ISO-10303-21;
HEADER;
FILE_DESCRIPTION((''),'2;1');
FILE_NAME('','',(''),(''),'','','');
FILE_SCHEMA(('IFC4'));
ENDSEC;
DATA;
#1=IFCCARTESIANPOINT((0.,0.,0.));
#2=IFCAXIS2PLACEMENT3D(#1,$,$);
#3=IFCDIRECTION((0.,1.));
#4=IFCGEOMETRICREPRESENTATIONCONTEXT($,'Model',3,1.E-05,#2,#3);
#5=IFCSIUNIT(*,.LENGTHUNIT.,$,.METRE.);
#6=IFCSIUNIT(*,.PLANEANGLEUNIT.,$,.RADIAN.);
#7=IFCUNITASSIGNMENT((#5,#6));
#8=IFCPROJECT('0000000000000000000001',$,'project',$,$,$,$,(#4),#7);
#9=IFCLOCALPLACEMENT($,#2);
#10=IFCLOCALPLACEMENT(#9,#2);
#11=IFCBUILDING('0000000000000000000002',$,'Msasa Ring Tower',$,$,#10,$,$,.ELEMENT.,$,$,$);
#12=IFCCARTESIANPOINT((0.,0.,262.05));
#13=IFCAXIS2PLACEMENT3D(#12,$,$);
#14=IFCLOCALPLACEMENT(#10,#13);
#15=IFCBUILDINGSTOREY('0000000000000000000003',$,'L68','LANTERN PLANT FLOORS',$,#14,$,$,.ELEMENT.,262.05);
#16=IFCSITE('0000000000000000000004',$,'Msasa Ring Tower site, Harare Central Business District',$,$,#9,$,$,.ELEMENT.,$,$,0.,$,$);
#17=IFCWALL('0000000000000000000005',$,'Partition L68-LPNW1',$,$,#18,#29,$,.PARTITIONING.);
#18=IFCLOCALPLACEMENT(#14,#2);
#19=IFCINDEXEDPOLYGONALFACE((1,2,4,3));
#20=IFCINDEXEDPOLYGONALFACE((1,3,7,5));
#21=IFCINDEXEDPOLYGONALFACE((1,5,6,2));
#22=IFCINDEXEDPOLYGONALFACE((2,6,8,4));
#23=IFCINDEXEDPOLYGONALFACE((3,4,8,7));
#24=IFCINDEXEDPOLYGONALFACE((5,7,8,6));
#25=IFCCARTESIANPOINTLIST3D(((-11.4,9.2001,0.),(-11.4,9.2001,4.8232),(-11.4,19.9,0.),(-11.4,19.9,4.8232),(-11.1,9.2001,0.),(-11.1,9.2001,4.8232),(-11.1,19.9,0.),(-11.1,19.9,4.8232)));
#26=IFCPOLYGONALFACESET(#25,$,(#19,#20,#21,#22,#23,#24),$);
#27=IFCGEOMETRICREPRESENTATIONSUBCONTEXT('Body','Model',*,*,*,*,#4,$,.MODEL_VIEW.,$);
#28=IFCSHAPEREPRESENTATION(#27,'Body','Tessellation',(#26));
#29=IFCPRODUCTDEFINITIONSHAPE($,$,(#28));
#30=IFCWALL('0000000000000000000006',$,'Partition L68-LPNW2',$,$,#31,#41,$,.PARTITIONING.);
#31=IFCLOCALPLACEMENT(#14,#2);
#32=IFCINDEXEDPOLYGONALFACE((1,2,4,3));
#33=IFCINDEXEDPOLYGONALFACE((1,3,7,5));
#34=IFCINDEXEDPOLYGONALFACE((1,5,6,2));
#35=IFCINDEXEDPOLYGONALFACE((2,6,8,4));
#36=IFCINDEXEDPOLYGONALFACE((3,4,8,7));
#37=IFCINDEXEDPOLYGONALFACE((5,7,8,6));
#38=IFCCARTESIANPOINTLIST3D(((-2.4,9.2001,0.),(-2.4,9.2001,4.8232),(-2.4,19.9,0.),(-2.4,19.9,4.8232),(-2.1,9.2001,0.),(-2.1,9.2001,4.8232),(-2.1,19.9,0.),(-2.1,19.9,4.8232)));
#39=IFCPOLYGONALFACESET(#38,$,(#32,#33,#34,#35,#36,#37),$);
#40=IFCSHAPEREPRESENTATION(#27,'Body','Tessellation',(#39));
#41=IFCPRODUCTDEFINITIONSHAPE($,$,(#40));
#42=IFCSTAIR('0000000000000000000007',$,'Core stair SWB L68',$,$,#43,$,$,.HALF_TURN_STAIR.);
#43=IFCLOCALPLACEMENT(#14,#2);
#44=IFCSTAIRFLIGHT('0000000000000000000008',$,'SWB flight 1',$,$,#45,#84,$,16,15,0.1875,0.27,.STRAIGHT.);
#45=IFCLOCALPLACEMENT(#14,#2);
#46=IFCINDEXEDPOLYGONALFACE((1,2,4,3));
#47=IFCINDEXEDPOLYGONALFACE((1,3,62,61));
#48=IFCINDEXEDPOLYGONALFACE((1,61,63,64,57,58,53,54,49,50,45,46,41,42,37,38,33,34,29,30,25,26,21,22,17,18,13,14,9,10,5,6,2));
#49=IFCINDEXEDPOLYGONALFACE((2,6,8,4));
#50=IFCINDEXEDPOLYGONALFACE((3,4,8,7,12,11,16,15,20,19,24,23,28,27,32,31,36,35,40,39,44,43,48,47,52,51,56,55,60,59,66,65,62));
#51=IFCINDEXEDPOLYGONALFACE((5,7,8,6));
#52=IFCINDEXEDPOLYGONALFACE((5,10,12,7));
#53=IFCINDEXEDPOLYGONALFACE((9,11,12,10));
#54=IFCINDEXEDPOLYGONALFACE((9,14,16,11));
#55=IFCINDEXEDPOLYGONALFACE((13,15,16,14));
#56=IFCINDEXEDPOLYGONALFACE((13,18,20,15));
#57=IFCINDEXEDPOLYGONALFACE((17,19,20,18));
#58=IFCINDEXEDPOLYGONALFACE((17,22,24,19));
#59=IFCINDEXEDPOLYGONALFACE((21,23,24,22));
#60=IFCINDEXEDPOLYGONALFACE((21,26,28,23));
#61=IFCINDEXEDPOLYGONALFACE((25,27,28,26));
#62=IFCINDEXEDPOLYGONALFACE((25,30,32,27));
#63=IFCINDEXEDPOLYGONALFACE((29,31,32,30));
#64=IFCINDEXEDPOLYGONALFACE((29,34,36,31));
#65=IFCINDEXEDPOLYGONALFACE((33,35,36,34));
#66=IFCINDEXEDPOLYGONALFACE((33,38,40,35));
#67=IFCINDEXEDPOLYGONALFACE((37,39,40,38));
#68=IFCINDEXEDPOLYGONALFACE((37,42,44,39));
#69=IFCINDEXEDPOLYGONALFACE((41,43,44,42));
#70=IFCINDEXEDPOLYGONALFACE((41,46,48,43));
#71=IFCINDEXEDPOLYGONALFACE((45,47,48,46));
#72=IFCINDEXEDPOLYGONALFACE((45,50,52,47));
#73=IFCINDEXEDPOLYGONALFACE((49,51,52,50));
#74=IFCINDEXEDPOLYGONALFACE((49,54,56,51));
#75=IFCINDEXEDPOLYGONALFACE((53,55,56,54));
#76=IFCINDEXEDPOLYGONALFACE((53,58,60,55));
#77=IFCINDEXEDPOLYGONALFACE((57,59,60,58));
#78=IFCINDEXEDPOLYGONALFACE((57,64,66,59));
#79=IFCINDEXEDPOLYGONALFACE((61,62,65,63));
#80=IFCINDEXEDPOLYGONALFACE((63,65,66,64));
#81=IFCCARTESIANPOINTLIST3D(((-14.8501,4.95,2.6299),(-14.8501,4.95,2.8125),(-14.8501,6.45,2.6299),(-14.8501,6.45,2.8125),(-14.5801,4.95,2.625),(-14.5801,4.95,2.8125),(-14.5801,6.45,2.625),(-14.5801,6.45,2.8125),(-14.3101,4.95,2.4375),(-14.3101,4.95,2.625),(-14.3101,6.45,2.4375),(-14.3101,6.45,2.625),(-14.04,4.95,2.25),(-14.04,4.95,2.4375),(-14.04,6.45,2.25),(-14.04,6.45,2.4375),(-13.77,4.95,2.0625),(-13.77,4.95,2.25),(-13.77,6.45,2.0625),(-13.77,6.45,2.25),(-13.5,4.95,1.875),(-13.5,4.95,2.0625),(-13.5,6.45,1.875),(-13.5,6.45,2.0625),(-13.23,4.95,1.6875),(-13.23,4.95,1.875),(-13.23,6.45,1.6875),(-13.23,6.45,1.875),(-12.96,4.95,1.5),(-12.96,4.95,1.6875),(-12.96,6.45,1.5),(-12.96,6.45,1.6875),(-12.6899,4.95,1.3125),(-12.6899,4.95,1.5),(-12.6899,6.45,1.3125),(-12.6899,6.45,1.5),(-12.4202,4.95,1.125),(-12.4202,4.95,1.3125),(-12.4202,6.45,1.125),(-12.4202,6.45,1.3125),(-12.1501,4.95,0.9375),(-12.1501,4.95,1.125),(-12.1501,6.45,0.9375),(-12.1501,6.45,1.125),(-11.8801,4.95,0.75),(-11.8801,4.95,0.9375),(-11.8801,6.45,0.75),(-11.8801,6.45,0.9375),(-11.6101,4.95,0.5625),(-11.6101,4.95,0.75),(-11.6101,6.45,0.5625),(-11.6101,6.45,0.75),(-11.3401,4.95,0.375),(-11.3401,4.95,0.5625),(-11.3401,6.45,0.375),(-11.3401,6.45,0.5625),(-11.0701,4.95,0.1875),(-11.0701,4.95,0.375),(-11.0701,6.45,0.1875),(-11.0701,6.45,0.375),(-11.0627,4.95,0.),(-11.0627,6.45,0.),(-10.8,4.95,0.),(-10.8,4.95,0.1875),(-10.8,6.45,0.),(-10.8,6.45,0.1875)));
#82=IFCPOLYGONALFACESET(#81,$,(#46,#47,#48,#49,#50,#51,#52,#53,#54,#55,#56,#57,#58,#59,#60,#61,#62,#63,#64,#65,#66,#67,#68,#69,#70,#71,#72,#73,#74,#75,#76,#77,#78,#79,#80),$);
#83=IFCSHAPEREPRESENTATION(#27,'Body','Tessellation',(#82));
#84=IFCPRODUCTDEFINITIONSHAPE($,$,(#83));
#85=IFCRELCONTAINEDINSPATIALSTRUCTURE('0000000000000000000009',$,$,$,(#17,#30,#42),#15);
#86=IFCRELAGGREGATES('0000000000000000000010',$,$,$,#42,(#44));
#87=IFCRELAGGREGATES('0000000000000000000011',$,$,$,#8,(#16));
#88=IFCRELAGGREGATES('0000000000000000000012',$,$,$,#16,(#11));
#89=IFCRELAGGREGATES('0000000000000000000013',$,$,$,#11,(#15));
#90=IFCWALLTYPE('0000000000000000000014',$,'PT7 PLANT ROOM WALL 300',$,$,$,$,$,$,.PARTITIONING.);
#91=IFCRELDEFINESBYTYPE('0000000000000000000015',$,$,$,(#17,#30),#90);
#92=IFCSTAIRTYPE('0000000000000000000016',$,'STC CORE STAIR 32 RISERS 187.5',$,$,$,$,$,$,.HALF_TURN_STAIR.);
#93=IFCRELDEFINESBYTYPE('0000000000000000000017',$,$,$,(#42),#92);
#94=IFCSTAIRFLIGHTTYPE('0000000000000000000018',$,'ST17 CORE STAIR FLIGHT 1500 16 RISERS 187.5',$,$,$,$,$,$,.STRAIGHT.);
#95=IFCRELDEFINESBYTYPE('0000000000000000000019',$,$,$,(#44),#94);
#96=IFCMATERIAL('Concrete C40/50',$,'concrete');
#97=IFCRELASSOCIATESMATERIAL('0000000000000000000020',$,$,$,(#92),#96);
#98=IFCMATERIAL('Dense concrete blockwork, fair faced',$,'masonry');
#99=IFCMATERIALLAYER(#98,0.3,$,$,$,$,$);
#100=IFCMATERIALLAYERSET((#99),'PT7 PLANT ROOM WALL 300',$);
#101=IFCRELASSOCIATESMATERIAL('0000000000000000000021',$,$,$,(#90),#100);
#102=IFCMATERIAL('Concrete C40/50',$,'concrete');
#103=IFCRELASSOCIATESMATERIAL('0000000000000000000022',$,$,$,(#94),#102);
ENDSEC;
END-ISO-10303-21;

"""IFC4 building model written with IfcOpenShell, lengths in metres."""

from ifc_helpers import new_model, si_unit, direction, frame, frame_2d, origin, place, context, subcontext, project, spatial, polyline, rectangle, outline, extrude, material, layer, layer_set, type_object, element, aggregate, save


model = new_model("IFC4")

# Units and contexts
model_context = context("Model", 3, precision=1e-05, world=origin(), true_north=direction((0.0, 1.0)))
body_context = subcontext(model_context, "Body", "Model", "MODEL_VIEW")
ifc_project = project(units=[si_unit("LENGTHUNIT", "METRE"), si_unit("PLANEANGLEUNIT", "RADIAN")], contexts=[model_context])

# Site, building, storey
site_placement = place(None, origin())
site = spatial("IfcSite", under=ifc_project, at=site_placement, Name="Msasa Ring Tower site, Harare Central Business District", CompositionType="ELEMENT", RefElevation=0.0)
building_placement = place(site_placement, origin())
building = spatial("IfcBuilding", under=site, at=building_placement, Name="Msasa Ring Tower", CompositionType="ELEMENT")
storey_placement = place(building_placement, frame((0.0, 0.0, 262.05)))
storey = spatial("IfcBuildingStorey", under=building, at=storey_placement, Name="L68", Description="LANTERN PLANT FLOORS", CompositionType="ELEMENT", Elevation=262.05)

# Shared definitions
ifc_material_1 = material(Name="Concrete C40/50", Category="concrete")
stair_type = type_object("IfcStairType", Name="STC CORE STAIR 32 RISERS 187.5", PredefinedType="HALF_TURN_STAIR", material=ifc_material_1)

# Walls
ifc_material_2 = material(Name="Dense concrete blockwork, fair faced", Category="masonry")
ifc_layer_1 = layer(ifc_material_2, 0.3)
ifc_layer_set_1 = layer_set([ifc_layer_1], Name="PT7 PLANT ROOM WALL 300")
wall_type_1 = type_object("IfcWallType", Name="PT7 PLANT ROOM WALL 300", PredefinedType="PARTITIONING", material=ifc_layer_set_1)
for number, where, z_axis, x_axis, name in (
    (1, (-11.25, 9.2, 0.0), (0.0, 0.0, 1.0), (0.0, 1.0, 0.0), "Partition L68-LPNW1"),
    (2, (-2.25, 9.2, 0.0), (0.0, 0.0, 1.0), (0.0, 1.0, 0.0), "Partition L68-LPNW2"),
):
    element("IfcWall", number, at=place(storey_placement, frame(where, z_axis=z_axis, x_axis=x_axis)), inside=storey, type_object=wall_type_1, Name=name, PredefinedType="PARTITIONING", context=body_context, shape_type="SweptSolid", body=[
        extrude(rectangle(XDim=10.7, YDim=0.3, at=frame_2d((5.3501, 0.0))), origin(), (0.0, 0.0, 1.0), 4.8232),
    ])

# Stair, stair flight
stair_1_placement = place(storey_placement, origin())
stair_1 = element("IfcStair", 3, at=stair_1_placement, inside=storey, type_object=stair_type, Name="Core stair SWB L68", PredefinedType="HALF_TURN_STAIR")
ifc_material_3 = material(Name="Concrete C40/50", Category="concrete")
stair_flight_type = type_object("IfcStairFlightType", Name="ST17 CORE STAIR FLIGHT 1500 16 RISERS 187.5", PredefinedType="STRAIGHT", material=ifc_material_3)
stair_flight_placement = place(storey_placement, frame((-10.8, 5.7, 0.0), z_axis=(0.0, 0.0, 1.0), x_axis=(-1.0, 0.0, 0.0)))
stair_flight = element("IfcStairFlight", 4, at=stair_flight_placement, type_object=stair_flight_type, Name="SWB flight 1", NumberOfRisers=16, NumberOfTreads=15, PredefinedType="STRAIGHT", RiserHeight=0.1875, TreadLength=0.27, context=body_context, shape_type="SweptSolid", body=[
    extrude(outline(polyline([(0.0, 0.0), (0.0, 0.1875), (0.27, 0.1875), (0.27, 0.375), (0.54, 0.375), (0.54, 0.5625), (0.8101, 0.5625), (0.8101, 0.75), (1.0801, 0.75), (1.0801, 0.9375), (1.3501, 0.9375), (1.3501, 1.125), (1.6201, 1.125), (1.6201, 1.3125), (1.8899, 1.3125), (1.8899, 1.5), (2.1599, 1.5), (2.1599, 1.6875), (2.4299, 1.6875), (2.4299, 1.875), (2.7, 1.875), (2.7, 2.0625), (2.97, 2.0625), (2.97, 2.25), (3.24, 2.25), (3.24, 2.4375), (3.51, 2.4375), (3.51, 2.625), (3.78, 2.625), (3.78, 2.8125), (4.05, 2.8125), (4.05, 3.0), (4.05, 2.6299), (0.2627, 0.0), (0.0, 0.0)])), frame((0.0, 0.75, 0.0), z_axis=(0.0, -1.0, 0.0), x_axis=(1.0, 0.0, 0.0)), (0.0, 0.0, 1.0), 1.5),
])
aggregate(stair_1, [stair_flight])

save(model, "model.ifc")
